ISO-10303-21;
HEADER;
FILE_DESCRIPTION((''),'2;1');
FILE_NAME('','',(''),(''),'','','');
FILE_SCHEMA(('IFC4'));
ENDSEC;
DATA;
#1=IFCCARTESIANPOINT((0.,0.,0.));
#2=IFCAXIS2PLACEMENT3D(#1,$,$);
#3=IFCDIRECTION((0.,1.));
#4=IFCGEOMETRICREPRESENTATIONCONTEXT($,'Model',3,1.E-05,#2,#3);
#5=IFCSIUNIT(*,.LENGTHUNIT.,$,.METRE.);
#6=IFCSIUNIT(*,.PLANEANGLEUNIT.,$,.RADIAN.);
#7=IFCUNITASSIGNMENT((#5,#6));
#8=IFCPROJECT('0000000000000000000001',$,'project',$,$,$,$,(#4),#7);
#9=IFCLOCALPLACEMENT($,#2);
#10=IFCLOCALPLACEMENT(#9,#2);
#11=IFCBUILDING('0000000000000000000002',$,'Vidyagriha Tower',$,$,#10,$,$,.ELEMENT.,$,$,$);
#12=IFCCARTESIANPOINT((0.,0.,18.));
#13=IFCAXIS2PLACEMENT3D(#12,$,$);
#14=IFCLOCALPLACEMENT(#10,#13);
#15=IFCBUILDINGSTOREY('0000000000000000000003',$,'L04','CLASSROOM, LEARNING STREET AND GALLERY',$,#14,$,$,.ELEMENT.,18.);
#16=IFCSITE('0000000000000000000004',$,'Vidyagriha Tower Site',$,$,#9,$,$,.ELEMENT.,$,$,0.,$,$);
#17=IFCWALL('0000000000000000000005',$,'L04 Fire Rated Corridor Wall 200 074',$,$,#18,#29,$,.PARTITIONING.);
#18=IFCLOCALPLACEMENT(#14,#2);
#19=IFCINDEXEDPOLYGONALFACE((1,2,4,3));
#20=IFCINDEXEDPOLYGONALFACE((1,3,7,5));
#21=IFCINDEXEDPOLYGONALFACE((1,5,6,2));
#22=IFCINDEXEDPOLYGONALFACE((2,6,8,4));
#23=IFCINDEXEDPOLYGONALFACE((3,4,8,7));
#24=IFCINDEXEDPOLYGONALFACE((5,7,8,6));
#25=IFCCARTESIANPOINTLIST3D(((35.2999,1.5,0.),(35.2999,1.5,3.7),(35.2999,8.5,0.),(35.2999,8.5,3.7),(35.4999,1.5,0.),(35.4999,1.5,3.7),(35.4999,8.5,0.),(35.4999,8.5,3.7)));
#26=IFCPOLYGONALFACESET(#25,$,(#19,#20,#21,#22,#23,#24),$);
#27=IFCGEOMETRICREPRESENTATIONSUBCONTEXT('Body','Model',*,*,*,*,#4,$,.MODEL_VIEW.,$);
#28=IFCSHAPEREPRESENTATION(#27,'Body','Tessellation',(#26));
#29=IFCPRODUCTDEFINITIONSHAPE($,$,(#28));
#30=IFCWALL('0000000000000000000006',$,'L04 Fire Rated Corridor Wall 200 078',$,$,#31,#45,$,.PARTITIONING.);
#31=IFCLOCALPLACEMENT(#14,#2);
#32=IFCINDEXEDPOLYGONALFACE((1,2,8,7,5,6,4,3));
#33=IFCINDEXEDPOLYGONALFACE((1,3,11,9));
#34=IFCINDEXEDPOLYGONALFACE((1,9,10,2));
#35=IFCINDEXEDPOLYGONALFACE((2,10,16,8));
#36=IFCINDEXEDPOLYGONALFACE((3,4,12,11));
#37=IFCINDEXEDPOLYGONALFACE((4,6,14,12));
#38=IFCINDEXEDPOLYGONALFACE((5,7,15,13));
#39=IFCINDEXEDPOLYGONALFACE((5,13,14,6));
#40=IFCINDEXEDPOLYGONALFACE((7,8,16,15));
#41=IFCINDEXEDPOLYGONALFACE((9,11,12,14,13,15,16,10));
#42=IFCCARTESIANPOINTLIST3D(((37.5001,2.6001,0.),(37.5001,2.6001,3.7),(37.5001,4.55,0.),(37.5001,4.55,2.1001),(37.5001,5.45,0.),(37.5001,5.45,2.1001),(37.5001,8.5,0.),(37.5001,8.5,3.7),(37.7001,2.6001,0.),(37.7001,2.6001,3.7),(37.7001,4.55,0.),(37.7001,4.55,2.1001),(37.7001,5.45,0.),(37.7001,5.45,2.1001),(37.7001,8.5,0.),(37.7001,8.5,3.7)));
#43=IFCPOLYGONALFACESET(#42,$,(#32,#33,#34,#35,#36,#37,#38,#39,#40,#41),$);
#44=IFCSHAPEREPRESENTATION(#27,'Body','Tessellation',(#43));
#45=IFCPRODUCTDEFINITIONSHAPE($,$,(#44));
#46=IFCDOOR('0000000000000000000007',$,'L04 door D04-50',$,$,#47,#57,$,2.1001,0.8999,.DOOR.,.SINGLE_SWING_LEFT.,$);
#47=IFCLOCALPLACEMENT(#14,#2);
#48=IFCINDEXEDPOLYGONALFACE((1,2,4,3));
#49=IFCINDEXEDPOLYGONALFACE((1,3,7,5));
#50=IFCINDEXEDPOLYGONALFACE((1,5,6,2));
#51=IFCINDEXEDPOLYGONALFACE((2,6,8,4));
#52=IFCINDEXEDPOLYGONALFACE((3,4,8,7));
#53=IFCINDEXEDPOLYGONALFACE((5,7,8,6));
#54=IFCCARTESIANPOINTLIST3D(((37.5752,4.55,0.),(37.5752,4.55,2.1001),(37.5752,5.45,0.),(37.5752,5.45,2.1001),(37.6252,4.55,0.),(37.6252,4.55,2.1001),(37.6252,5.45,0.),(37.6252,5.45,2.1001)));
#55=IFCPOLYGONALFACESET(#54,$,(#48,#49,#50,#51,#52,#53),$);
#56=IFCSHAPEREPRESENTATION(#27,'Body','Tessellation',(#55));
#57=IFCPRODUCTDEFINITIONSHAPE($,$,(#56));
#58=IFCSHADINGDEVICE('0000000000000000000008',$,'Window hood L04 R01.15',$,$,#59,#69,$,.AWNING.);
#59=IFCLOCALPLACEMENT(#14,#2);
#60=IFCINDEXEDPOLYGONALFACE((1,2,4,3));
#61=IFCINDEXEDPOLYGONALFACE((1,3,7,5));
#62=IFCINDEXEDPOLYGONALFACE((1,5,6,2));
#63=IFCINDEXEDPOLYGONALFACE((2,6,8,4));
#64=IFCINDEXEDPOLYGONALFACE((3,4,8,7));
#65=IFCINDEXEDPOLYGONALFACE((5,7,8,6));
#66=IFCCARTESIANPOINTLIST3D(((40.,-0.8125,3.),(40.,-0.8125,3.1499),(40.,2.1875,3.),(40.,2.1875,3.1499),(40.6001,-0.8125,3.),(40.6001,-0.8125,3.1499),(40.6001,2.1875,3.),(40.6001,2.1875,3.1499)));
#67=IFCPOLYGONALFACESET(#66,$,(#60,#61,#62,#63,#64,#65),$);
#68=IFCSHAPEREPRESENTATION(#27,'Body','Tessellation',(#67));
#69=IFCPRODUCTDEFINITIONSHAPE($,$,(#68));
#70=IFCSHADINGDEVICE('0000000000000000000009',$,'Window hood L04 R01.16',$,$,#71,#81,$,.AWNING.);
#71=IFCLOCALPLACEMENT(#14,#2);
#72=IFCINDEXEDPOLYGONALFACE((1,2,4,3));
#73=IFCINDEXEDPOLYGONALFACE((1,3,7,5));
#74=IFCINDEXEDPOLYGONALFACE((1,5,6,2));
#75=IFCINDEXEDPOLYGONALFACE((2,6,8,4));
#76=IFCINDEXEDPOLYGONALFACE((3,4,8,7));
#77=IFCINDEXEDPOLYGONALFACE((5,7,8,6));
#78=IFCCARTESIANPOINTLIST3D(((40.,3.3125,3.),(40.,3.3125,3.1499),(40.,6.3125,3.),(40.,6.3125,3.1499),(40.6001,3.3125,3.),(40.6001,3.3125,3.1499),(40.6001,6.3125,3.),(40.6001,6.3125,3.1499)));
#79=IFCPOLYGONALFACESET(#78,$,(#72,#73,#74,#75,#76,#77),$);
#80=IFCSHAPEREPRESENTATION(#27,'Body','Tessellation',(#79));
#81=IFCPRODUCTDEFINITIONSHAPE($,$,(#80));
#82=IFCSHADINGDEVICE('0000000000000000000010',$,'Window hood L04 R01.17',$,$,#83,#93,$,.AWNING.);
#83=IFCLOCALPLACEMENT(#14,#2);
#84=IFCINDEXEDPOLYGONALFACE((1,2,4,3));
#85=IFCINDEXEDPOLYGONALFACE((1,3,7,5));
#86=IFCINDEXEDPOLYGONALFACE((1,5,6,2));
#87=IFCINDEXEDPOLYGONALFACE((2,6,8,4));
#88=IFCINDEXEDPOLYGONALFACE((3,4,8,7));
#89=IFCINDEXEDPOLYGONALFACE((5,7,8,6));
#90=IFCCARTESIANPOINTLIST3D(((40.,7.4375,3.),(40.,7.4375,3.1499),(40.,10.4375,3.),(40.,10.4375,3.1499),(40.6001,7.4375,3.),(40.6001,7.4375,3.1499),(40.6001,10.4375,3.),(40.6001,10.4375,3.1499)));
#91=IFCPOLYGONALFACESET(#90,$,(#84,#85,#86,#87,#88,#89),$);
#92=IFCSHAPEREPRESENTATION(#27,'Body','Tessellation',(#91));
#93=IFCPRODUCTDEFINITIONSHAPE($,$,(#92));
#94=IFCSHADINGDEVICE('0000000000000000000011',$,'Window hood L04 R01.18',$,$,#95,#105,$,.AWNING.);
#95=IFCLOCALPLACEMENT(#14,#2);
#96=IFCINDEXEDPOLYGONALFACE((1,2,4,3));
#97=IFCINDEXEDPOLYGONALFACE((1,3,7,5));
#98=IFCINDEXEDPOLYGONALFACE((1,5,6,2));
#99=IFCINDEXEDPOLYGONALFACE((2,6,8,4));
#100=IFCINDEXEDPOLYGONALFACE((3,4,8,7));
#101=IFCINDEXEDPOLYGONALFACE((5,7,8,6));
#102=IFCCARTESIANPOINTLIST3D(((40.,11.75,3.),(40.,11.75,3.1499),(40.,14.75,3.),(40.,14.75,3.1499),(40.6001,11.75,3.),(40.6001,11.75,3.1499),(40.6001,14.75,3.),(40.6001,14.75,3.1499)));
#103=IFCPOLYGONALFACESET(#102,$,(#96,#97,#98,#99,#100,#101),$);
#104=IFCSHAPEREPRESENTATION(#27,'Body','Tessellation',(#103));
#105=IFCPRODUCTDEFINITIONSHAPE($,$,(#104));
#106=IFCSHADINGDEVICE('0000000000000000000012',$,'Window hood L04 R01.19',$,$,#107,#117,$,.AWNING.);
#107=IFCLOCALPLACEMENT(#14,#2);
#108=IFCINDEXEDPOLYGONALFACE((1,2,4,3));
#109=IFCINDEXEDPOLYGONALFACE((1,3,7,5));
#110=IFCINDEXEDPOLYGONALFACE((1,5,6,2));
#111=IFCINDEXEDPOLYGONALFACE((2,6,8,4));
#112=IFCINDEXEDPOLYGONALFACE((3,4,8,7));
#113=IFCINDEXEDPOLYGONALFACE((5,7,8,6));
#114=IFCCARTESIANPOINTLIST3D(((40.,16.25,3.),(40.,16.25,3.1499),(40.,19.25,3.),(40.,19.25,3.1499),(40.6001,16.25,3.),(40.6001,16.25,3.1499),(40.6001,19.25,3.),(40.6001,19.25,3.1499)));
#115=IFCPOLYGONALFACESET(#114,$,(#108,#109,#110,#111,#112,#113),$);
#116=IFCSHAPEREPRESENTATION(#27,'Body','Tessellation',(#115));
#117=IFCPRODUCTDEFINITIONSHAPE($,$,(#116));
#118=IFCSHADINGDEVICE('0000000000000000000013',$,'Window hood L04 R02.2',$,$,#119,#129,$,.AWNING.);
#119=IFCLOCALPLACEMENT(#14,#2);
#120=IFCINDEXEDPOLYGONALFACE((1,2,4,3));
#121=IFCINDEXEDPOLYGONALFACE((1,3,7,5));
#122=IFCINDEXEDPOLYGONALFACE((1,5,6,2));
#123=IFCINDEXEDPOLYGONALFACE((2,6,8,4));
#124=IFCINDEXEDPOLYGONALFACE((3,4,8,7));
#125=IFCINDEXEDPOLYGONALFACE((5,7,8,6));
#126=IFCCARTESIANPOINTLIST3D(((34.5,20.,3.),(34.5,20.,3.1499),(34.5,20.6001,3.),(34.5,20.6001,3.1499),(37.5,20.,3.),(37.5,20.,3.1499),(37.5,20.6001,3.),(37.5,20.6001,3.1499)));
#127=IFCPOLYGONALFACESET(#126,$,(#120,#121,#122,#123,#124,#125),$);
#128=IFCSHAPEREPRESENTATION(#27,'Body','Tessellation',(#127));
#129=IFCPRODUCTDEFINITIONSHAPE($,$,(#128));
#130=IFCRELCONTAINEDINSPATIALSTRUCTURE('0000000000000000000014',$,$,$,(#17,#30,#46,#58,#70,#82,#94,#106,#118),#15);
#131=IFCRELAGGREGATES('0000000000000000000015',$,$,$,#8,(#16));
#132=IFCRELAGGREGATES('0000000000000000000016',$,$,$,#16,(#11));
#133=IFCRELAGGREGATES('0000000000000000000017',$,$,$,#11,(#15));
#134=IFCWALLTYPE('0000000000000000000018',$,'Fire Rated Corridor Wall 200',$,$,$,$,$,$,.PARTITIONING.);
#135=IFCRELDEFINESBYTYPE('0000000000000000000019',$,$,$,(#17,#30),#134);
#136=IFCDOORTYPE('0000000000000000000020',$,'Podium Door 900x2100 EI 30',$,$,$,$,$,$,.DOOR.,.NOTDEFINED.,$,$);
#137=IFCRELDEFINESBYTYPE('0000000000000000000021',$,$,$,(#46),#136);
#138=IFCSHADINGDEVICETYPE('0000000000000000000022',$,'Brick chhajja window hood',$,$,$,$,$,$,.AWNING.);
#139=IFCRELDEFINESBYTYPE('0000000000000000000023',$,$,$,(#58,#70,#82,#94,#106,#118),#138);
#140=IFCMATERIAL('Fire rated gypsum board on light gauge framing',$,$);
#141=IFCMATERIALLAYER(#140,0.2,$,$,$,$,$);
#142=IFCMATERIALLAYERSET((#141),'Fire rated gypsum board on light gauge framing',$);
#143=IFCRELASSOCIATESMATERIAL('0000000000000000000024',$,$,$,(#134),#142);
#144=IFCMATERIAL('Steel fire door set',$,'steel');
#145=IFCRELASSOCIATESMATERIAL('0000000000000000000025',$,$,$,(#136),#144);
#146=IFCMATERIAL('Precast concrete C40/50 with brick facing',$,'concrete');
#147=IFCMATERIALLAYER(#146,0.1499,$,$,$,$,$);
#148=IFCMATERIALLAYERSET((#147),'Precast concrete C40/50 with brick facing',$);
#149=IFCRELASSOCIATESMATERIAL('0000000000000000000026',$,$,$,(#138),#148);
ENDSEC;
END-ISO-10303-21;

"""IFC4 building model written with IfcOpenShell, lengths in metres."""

from ifc_helpers import new_model, si_unit, direction, frame, frame_2d, origin, origin_2d, place, context, subcontext, project, spatial, rectangle, extrude, material, layer, layer_set, type_object, element, fill, save


model = new_model("IFC4")

# Units and contexts
model_context = context("Model", 3, precision=1e-05, world=origin(), true_north=direction((0.0, 1.0)))
body_context = subcontext(model_context, "Body", "Model", "MODEL_VIEW")
ifc_project = project(units=[si_unit("LENGTHUNIT", "METRE"), si_unit("PLANEANGLEUNIT", "RADIAN")], contexts=[model_context])

# Site, building, storey
site_placement = place(None, origin())
site = spatial("IfcSite", under=ifc_project, at=site_placement, Name="Vidyagriha Tower Site", CompositionType="ELEMENT", RefElevation=0.0)
building_placement = place(site_placement, origin())
building = spatial("IfcBuilding", under=site, at=building_placement, Name="Vidyagriha Tower", CompositionType="ELEMENT")
storey_placement = place(building_placement, frame((0.0, 0.0, 18.0)))
storey = spatial("IfcBuildingStorey", under=building, at=storey_placement, Name="L04", Description="CLASSROOM, LEARNING STREET AND GALLERY", CompositionType="ELEMENT", Elevation=18.0)

# Wall
ifc_material_1 = material(Name="Fire rated gypsum board on light gauge framing")
ifc_layer_1 = layer(ifc_material_1, 0.2)
ifc_layer_set_1 = layer_set([ifc_layer_1], Name="Fire rated gypsum board on light gauge framing")
wall_type_1 = type_object("IfcWallType", Name="Fire Rated Corridor Wall 200", PredefinedType="PARTITIONING", material=ifc_layer_set_1)
wall_1_placement = place(storey_placement, frame((35.3999, 1.5, 0.0), z_axis=(0.0, 0.0, 1.0), x_axis=(0.0, 1.0, 0.0)))
element("IfcWall", 1, at=wall_1_placement, inside=storey, type_object=wall_type_1, Name="L04 Fire Rated Corridor Wall 200 074", PredefinedType="PARTITIONING", context=body_context, shape_type="SweptSolid", body=[
    extrude(rectangle(XDim=7.0, YDim=0.2, at=frame_2d((3.5, 0.0))), origin(), (0.0, 0.0, 1.0), 3.7),
])

# Wall, opening, door
wall_2_placement = place(storey_placement, frame((37.6001, 2.6001, 0.0), z_axis=(0.0, 0.0, 1.0), x_axis=(0.0, 1.0, 0.0)))
wall_2 = element("IfcWall", 2, at=wall_2_placement, inside=storey, type_object=wall_type_1, Name="L04 Fire Rated Corridor Wall 200 078", PredefinedType="PARTITIONING", context=body_context, shape_type="SweptSolid", body=[
    extrude(rectangle(XDim=5.8999, YDim=0.2, at=frame_2d((2.95, 0.0))), origin(), (0.0, 0.0, 1.0), 3.7),
])
opening_1_placement = place(wall_2_placement, frame((1.95, 0.0, 0.0)))
opening_1 = element("IfcOpeningElement", 3, at=opening_1_placement, cuts=wall_2, PredefinedType="OPENING", context=body_context, shape_type="SweptSolid", body=[
    extrude(rectangle(XDim=0.8999, YDim=2.1001, at=frame_2d((0.45, 1.05))), frame((0.0, 0.1099, 0.0), z_axis=(0.0, -1.0, 0.0), x_axis=(1.0, 0.0, 0.0)), (0.0, 0.0, 1.0), 0.22),
])
ifc_material_2 = material(Name="Steel fire door set", Category="steel")
door_type = type_object("IfcDoorType", Name="Podium Door 900x2100 EI 30", OperationType="NOTDEFINED", PredefinedType="DOOR", material=ifc_material_2)
door_placement = place(opening_1_placement, origin())
door = element("IfcDoor", 4, at=door_placement, inside=storey, type_object=door_type, Name="L04 door D04-50", OperationType="SINGLE_SWING_LEFT", OverallHeight=2.1001, OverallWidth=0.8999, PredefinedType="DOOR", context=body_context, shape_type="SweptSolid", body=[
    extrude(rectangle(XDim=0.8999, YDim=2.1001, at=frame_2d((0.45, 1.05))), frame((0.0, 0.0249, 0.0), z_axis=(0.0, -1.0, 0.0), x_axis=(1.0, 0.0, 0.0)), (0.0, 0.0, 1.0), 0.05),
])
fill(opening_1, door)

# Shading devices
ifc_material_3 = material(Name="Precast concrete C40/50 with brick facing", Category="concrete")
ifc_layer_2 = layer(ifc_material_3, 0.1499)
ifc_layer_set_2 = layer_set([ifc_layer_2], Name="Precast concrete C40/50 with brick facing")
shading_device_type = type_object("IfcShadingDeviceType", Name="Brick chhajja window hood", PredefinedType="AWNING", material=ifc_layer_set_2)
for number, where, z_axis, x_axis, name in (
    (5, (40.3, 0.6875, 3.0), (0.0, 0.0, 1.0), (0.0, 1.0, 0.0), "Window hood L04 R01.15"),
    (6, (40.3, 4.8125, 3.0), (0.0, 0.0, 1.0), (0.0, 1.0, 0.0), "Window hood L04 R01.16"),
    (7, (40.3, 8.9375, 3.0), (0.0, 0.0, 1.0), (0.0, 1.0, 0.0), "Window hood L04 R01.17"),
    (8, (40.3, 13.25, 3.0), (0.0, 0.0, 1.0), (0.0, 1.0, 0.0), "Window hood L04 R01.18"),
    (9, (40.3, 17.75, 3.0), (0.0, 0.0, 1.0), (0.0, 1.0, 0.0), "Window hood L04 R01.19"),
    (10, (36.0, 20.3, 3.0), (0.0, 0.0, 1.0), (-1.0, 0.0, 0.0), "Window hood L04 R02.2"),
):
    element("IfcShadingDevice", number, at=place(storey_placement, frame(where, z_axis=z_axis, x_axis=x_axis)), inside=storey, type_object=shading_device_type, Name=name, PredefinedType="AWNING", context=body_context, shape_type="SweptSolid", body=[
        extrude(rectangle(XDim=3.0, YDim=0.6001, at=origin_2d()), origin(), (0.0, 0.0, 1.0), 0.1499),
    ])

save(model, "model.ifc")
